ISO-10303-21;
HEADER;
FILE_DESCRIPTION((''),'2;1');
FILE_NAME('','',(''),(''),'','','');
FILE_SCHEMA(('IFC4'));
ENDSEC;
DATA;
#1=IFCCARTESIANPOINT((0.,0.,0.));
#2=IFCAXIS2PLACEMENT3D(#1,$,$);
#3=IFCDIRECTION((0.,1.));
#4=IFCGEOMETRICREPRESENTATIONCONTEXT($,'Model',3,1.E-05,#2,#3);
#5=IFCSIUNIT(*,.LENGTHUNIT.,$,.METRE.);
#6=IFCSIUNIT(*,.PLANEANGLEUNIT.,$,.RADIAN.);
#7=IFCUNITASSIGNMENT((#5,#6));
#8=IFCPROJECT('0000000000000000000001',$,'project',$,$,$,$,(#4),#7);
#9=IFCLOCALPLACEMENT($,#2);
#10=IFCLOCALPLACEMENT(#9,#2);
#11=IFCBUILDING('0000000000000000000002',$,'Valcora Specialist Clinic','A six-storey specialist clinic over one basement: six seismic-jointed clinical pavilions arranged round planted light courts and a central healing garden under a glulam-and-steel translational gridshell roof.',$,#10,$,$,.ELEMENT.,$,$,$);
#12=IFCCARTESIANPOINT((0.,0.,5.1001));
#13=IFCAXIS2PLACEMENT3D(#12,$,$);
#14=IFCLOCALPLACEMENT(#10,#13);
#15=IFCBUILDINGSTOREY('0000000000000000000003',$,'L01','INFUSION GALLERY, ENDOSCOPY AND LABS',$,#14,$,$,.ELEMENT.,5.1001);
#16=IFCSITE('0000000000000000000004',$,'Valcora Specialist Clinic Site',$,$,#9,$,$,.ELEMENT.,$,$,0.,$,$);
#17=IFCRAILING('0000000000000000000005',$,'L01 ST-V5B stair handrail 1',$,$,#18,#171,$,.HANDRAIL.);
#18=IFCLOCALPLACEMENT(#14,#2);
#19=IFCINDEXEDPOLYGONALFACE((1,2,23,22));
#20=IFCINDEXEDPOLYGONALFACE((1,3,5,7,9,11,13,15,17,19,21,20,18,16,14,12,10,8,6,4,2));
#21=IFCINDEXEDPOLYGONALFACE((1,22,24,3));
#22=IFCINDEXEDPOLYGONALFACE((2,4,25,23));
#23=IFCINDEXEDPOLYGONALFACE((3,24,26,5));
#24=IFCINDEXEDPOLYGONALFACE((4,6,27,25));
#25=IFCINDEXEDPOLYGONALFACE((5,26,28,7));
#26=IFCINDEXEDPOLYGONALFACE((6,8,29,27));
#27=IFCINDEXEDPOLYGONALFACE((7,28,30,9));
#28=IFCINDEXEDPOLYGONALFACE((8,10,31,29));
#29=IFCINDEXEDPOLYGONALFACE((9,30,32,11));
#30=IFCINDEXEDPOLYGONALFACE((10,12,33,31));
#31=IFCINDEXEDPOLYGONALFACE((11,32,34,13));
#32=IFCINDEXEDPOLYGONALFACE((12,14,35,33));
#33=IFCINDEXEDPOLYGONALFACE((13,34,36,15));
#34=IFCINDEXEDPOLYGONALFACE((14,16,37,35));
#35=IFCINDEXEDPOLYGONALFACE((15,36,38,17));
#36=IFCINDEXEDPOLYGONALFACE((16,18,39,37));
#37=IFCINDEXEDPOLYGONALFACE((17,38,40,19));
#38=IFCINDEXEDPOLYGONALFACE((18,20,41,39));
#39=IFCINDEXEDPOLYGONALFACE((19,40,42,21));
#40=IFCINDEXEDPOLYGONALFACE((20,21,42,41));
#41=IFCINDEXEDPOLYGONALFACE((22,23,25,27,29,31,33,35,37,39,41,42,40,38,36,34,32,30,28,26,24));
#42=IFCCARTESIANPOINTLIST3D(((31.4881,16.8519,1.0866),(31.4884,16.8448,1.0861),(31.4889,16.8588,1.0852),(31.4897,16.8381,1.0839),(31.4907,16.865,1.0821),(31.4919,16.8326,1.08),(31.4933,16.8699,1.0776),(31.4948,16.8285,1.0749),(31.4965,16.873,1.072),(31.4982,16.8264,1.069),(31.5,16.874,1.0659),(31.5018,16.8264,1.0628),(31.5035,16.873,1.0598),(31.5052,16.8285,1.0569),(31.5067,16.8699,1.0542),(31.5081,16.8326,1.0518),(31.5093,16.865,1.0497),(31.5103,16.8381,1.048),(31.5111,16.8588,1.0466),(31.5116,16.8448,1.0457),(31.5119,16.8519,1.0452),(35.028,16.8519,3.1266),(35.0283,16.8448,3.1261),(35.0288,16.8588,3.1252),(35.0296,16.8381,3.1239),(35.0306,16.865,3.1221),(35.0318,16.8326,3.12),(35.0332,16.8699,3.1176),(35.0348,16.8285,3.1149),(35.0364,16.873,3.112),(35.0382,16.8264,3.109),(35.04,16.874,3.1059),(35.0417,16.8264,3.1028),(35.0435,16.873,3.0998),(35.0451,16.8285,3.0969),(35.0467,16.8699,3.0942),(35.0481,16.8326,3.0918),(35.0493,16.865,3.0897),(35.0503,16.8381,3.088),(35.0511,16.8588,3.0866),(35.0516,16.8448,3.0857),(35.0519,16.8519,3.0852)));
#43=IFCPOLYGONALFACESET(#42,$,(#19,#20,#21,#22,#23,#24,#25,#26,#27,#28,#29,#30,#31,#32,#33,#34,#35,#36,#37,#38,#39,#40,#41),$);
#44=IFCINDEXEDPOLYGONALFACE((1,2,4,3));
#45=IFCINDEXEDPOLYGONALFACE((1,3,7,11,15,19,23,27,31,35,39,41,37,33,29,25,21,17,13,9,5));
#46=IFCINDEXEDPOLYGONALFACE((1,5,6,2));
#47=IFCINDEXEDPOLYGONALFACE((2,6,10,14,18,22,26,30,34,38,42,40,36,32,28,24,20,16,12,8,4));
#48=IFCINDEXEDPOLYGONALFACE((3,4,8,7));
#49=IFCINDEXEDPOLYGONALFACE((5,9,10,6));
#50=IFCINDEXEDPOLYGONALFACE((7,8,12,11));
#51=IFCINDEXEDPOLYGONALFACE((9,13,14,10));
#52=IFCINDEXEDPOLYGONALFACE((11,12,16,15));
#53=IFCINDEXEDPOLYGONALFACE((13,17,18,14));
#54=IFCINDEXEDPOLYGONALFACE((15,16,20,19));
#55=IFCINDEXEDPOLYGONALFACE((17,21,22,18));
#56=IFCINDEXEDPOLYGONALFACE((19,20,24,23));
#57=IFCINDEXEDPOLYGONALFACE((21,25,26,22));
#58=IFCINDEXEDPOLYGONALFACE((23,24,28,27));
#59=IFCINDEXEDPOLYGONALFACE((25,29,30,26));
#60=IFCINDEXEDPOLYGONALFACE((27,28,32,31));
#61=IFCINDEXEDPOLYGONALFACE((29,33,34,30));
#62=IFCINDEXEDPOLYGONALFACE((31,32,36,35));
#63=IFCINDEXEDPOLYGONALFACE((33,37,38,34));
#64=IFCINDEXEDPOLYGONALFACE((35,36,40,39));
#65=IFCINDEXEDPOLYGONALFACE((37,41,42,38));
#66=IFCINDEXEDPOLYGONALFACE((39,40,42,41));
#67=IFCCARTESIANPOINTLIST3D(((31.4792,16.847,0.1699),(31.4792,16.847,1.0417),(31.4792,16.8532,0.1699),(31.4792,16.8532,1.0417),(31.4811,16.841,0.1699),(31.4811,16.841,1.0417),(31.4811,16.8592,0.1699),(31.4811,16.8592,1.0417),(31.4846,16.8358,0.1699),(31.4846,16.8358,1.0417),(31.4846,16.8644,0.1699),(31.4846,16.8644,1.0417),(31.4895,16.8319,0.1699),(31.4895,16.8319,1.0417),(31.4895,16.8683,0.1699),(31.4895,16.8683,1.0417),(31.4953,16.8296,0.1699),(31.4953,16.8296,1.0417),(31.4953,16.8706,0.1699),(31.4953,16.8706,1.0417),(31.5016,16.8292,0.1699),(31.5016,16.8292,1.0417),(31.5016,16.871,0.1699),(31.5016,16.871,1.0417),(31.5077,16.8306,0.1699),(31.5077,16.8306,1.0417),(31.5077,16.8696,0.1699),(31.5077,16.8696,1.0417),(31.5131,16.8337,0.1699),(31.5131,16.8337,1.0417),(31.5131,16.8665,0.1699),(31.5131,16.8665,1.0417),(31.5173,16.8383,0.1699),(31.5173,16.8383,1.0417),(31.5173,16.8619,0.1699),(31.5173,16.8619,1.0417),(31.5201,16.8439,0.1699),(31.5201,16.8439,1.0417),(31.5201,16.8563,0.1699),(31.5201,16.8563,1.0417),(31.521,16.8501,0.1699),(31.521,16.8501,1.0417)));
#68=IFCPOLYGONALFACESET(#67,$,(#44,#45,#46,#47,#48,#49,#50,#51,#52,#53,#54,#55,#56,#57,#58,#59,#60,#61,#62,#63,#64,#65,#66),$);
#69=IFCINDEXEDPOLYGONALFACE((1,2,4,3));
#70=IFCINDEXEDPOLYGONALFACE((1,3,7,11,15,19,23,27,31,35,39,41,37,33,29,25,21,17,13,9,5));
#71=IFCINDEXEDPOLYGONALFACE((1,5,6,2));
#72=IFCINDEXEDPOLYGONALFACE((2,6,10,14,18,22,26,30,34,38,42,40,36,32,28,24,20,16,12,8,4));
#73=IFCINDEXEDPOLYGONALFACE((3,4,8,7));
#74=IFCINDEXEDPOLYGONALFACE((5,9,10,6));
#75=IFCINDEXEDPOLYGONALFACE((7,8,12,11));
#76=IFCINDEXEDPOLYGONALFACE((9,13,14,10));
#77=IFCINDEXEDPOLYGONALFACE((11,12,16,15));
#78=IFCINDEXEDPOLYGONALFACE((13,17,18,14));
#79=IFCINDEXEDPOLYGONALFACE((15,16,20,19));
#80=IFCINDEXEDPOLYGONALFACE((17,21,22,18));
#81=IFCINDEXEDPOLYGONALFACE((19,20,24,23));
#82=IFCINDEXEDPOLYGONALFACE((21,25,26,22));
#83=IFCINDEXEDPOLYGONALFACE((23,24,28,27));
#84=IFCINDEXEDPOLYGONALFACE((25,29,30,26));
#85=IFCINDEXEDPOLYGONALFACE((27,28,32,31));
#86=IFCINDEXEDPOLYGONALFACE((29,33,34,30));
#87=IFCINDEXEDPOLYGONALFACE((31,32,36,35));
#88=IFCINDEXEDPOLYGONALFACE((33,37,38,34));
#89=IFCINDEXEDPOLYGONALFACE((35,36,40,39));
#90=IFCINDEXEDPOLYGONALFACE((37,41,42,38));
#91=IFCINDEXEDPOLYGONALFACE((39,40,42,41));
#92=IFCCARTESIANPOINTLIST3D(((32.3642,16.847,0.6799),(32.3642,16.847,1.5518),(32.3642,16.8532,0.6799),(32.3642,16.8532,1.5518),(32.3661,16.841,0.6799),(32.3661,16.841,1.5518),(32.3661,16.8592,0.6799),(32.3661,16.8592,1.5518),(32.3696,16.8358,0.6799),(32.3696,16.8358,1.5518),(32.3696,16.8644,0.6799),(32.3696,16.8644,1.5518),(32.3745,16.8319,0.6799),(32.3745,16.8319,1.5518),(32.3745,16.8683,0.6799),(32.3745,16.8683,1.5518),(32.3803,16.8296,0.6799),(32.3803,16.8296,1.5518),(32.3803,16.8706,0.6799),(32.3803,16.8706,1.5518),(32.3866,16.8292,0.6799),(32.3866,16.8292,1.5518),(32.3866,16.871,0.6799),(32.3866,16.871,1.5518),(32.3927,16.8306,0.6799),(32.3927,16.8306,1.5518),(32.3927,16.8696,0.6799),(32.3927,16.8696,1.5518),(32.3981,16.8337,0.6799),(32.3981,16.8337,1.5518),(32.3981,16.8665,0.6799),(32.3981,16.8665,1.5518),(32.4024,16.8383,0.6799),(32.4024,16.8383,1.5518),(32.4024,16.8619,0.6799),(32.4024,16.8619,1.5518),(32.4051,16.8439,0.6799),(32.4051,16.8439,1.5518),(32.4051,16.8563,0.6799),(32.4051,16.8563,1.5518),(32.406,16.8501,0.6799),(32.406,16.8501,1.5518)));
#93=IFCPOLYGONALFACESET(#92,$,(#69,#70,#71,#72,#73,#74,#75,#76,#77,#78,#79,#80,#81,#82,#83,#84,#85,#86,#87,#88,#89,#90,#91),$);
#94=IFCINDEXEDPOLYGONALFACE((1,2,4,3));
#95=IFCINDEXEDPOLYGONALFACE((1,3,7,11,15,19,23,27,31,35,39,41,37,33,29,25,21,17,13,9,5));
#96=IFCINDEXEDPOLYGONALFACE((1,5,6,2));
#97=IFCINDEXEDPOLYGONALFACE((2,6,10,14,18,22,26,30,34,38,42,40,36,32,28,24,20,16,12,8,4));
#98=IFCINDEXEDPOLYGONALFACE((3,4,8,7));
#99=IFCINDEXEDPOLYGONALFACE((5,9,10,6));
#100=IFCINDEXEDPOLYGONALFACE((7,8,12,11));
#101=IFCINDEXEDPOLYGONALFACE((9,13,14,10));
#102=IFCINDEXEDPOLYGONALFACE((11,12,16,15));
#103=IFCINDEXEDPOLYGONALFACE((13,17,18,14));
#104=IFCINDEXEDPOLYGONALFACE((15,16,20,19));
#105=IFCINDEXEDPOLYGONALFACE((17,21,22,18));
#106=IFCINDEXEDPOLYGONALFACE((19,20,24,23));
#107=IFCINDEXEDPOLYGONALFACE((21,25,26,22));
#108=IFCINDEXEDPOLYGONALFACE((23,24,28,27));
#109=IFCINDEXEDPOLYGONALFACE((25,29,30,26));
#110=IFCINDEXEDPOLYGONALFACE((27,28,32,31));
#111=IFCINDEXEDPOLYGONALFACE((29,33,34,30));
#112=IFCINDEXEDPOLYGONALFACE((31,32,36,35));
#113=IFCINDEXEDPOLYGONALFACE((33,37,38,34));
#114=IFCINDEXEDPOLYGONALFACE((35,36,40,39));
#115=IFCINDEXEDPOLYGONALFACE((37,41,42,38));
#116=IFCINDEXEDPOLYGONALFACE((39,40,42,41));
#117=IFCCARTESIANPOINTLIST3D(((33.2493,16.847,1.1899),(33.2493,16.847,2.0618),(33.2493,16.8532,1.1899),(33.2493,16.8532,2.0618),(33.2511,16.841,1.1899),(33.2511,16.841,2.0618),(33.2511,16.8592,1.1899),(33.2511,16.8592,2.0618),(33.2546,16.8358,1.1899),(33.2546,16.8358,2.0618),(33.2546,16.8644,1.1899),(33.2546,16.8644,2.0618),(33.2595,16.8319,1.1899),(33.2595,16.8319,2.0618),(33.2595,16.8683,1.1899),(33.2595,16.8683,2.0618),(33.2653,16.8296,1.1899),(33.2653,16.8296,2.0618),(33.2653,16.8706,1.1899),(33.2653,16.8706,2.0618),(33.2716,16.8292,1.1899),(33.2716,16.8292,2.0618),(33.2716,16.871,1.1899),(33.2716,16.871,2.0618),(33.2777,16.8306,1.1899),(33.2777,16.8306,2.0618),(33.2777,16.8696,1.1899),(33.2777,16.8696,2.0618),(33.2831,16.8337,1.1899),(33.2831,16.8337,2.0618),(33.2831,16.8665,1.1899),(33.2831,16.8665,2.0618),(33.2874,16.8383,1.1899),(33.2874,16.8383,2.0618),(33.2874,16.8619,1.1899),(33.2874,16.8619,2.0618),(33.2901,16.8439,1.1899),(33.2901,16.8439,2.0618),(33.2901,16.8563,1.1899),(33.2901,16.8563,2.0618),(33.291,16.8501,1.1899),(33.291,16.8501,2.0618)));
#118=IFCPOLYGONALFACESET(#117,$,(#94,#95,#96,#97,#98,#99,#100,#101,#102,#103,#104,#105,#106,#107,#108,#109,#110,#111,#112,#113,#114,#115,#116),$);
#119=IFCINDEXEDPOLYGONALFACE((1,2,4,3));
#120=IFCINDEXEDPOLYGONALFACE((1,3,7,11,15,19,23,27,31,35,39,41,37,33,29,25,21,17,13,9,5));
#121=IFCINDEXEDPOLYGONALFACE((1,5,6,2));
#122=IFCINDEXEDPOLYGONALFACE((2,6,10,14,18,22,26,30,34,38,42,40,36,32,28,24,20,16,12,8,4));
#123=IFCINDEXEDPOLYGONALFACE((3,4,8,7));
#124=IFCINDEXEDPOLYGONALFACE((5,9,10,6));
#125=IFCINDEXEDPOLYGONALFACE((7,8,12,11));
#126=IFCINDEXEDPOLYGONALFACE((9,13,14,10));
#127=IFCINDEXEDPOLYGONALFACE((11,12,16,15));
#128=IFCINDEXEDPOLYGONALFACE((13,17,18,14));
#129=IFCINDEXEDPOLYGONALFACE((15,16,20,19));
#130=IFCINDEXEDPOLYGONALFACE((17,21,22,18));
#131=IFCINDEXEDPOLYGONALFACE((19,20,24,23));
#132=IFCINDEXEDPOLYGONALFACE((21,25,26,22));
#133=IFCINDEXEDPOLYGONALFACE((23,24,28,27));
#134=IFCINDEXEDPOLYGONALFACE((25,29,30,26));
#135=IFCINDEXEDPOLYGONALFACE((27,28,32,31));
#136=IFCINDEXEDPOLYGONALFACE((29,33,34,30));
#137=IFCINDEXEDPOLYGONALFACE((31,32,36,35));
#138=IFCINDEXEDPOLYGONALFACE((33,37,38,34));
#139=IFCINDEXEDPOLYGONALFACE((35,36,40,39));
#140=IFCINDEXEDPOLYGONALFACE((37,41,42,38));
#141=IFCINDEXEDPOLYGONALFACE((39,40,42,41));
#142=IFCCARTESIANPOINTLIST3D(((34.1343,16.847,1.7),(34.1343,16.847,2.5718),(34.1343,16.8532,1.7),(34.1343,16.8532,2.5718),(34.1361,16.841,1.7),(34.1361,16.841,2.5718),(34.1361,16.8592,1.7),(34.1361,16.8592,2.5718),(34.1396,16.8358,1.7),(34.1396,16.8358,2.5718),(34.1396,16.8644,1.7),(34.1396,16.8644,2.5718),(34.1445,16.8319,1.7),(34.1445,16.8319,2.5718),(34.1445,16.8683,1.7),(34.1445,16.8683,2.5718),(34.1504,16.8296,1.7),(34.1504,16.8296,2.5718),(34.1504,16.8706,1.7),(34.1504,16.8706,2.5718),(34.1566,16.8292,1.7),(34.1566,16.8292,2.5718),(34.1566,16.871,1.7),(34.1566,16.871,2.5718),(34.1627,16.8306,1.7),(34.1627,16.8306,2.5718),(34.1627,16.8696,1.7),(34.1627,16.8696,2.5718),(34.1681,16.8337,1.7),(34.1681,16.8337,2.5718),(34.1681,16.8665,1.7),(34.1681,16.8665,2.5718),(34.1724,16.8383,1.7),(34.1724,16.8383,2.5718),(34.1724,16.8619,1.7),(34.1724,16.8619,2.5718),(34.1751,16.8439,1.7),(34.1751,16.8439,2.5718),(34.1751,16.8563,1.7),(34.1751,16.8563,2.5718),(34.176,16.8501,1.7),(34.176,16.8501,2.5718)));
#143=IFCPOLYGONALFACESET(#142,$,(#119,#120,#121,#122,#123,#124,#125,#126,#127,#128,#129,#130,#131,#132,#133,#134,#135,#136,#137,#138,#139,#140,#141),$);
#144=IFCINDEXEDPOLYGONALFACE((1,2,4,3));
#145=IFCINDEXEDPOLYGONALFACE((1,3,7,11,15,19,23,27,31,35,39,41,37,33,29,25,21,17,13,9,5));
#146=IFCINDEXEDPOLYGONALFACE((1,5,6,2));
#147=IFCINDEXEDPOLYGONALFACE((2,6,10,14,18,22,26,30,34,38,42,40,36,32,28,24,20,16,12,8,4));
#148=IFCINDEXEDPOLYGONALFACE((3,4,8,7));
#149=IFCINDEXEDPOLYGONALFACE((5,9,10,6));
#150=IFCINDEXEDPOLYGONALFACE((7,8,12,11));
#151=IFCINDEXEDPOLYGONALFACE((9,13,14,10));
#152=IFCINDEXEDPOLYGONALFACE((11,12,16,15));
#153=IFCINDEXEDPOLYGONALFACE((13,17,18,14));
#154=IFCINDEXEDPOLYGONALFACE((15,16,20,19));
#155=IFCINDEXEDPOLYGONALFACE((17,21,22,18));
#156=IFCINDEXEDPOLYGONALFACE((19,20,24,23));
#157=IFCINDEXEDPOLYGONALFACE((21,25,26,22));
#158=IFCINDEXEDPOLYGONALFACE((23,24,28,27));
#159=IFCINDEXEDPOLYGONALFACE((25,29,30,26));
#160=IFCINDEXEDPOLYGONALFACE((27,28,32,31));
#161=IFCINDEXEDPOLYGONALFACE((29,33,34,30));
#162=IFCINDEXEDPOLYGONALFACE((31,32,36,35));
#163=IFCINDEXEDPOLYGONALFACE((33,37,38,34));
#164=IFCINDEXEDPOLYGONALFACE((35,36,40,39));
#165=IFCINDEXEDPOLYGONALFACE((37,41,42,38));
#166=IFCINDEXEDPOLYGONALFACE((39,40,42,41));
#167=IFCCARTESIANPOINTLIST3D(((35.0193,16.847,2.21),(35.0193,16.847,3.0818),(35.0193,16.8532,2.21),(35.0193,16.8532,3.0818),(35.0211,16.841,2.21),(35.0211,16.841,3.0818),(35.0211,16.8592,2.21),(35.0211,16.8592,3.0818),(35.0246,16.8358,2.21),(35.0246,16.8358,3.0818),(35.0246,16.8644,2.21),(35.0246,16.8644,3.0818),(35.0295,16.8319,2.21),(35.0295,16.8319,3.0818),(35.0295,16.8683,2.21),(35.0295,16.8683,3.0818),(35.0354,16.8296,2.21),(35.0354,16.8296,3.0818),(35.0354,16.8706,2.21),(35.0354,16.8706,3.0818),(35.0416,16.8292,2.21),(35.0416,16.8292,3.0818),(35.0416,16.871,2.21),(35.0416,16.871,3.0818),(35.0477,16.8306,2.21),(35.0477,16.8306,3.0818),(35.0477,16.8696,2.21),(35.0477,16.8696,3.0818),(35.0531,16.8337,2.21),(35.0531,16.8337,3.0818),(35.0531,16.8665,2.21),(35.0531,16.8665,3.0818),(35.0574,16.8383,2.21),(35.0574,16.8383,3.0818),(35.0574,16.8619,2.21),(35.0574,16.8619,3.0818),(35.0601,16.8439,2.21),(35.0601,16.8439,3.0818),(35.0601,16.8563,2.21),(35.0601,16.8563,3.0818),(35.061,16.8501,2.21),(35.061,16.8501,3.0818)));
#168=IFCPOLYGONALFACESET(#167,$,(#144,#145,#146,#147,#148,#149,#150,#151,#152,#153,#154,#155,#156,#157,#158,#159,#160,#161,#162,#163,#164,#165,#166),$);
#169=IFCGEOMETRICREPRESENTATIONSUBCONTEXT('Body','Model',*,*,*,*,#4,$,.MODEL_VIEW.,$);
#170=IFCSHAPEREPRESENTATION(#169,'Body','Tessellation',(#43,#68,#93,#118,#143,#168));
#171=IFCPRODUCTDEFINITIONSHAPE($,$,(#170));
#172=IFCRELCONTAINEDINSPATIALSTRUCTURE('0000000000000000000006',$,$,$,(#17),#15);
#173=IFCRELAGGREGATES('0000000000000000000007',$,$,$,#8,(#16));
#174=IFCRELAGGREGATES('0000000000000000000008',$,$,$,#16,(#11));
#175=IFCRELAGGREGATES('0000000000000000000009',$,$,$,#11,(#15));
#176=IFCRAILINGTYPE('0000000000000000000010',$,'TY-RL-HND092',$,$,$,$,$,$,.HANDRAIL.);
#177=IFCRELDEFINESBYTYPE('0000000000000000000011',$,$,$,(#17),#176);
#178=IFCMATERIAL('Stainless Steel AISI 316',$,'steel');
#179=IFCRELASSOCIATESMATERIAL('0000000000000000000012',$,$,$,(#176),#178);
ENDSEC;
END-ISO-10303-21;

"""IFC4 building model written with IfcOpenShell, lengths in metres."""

from ifc_helpers import new_model, si_unit, direction, frame, origin, origin_2d, place, context, subcontext, project, spatial, circle, extrude, material, type_object, element, save


model = new_model("IFC4")

# Units and contexts
model_context = context("Model", 3, precision=1e-05, world=origin(), true_north=direction((0.0, 1.0)))
body_context = subcontext(model_context, "Body", "Model", "MODEL_VIEW")
ifc_project = project(units=[si_unit("LENGTHUNIT", "METRE"), si_unit("PLANEANGLEUNIT", "RADIAN")], contexts=[model_context])

# Site, building, storey
site_placement = place(None, origin())
site = spatial("IfcSite", under=ifc_project, at=site_placement, Name="Valcora Specialist Clinic Site", CompositionType="ELEMENT", RefElevation=0.0)
building_placement = place(site_placement, origin())
building = spatial("IfcBuilding", under=site, at=building_placement, Name="Valcora Specialist Clinic", Description="A six-storey specialist clinic over one basement: six seismic-jointed clinical pavilions arranged round planted light courts and a central healing garden under a glulam-and-steel translational gridshell roof.", CompositionType="ELEMENT")
storey_placement = place(building_placement, frame((0.0, 0.0, 5.1001)))
storey = spatial("IfcBuildingStorey", under=building, at=storey_placement, Name="L01", Description="INFUSION GALLERY, ENDOSCOPY AND LABS", CompositionType="ELEMENT", Elevation=5.1001)

# Shared definitions
ifc_material_1 = material(Name="Stainless Steel AISI 316", Category="steel")

# Railing
railing_type_1 = type_object("IfcRailingType", Name="TY-RL-HND092", PredefinedType="HANDRAIL", material=ifc_material_1)
railing_1_placement = place(storey_placement, frame((31.5, 16.8501, 0.1699)))
element("IfcRailing", 1, at=railing_1_placement, inside=storey, type_object=railing_type_1, Name="L01 ST-V5B stair handrail 1", PredefinedType="HANDRAIL", context=body_context, shape_type="SweptSolid", body=[
    extrude(circle(Radius=0.0239, at=origin_2d()), frame((0.0, 0.0, 0.896), z_axis=(0.866428, 0.0, 0.499302), x_axis=(0.0, 1.0, 0.0)), (0.0, 0.0, 1.0), 4.0857),
    extrude(circle(Radius=0.021, at=origin_2d()), origin(), (0.0, 0.0, 1.0), 0.8718),
    extrude(circle(Radius=0.021, at=origin_2d()), frame((0.885, 0.0, 0.51)), (0.0, 0.0, 1.0), 0.8718),
    extrude(circle(Radius=0.021, at=origin_2d()), frame((1.77, 0.0, 1.02)), (0.0, 0.0, 1.0), 0.8718),
    extrude(circle(Radius=0.021, at=origin_2d()), frame((2.655, 0.0, 1.53)), (0.0, 0.0, 1.0), 0.8718),
    extrude(circle(Radius=0.021, at=origin_2d()), frame((3.54, 0.0, 2.04)), (0.0, 0.0, 1.0), 0.8718),
])

save(model, "model.ifc")
